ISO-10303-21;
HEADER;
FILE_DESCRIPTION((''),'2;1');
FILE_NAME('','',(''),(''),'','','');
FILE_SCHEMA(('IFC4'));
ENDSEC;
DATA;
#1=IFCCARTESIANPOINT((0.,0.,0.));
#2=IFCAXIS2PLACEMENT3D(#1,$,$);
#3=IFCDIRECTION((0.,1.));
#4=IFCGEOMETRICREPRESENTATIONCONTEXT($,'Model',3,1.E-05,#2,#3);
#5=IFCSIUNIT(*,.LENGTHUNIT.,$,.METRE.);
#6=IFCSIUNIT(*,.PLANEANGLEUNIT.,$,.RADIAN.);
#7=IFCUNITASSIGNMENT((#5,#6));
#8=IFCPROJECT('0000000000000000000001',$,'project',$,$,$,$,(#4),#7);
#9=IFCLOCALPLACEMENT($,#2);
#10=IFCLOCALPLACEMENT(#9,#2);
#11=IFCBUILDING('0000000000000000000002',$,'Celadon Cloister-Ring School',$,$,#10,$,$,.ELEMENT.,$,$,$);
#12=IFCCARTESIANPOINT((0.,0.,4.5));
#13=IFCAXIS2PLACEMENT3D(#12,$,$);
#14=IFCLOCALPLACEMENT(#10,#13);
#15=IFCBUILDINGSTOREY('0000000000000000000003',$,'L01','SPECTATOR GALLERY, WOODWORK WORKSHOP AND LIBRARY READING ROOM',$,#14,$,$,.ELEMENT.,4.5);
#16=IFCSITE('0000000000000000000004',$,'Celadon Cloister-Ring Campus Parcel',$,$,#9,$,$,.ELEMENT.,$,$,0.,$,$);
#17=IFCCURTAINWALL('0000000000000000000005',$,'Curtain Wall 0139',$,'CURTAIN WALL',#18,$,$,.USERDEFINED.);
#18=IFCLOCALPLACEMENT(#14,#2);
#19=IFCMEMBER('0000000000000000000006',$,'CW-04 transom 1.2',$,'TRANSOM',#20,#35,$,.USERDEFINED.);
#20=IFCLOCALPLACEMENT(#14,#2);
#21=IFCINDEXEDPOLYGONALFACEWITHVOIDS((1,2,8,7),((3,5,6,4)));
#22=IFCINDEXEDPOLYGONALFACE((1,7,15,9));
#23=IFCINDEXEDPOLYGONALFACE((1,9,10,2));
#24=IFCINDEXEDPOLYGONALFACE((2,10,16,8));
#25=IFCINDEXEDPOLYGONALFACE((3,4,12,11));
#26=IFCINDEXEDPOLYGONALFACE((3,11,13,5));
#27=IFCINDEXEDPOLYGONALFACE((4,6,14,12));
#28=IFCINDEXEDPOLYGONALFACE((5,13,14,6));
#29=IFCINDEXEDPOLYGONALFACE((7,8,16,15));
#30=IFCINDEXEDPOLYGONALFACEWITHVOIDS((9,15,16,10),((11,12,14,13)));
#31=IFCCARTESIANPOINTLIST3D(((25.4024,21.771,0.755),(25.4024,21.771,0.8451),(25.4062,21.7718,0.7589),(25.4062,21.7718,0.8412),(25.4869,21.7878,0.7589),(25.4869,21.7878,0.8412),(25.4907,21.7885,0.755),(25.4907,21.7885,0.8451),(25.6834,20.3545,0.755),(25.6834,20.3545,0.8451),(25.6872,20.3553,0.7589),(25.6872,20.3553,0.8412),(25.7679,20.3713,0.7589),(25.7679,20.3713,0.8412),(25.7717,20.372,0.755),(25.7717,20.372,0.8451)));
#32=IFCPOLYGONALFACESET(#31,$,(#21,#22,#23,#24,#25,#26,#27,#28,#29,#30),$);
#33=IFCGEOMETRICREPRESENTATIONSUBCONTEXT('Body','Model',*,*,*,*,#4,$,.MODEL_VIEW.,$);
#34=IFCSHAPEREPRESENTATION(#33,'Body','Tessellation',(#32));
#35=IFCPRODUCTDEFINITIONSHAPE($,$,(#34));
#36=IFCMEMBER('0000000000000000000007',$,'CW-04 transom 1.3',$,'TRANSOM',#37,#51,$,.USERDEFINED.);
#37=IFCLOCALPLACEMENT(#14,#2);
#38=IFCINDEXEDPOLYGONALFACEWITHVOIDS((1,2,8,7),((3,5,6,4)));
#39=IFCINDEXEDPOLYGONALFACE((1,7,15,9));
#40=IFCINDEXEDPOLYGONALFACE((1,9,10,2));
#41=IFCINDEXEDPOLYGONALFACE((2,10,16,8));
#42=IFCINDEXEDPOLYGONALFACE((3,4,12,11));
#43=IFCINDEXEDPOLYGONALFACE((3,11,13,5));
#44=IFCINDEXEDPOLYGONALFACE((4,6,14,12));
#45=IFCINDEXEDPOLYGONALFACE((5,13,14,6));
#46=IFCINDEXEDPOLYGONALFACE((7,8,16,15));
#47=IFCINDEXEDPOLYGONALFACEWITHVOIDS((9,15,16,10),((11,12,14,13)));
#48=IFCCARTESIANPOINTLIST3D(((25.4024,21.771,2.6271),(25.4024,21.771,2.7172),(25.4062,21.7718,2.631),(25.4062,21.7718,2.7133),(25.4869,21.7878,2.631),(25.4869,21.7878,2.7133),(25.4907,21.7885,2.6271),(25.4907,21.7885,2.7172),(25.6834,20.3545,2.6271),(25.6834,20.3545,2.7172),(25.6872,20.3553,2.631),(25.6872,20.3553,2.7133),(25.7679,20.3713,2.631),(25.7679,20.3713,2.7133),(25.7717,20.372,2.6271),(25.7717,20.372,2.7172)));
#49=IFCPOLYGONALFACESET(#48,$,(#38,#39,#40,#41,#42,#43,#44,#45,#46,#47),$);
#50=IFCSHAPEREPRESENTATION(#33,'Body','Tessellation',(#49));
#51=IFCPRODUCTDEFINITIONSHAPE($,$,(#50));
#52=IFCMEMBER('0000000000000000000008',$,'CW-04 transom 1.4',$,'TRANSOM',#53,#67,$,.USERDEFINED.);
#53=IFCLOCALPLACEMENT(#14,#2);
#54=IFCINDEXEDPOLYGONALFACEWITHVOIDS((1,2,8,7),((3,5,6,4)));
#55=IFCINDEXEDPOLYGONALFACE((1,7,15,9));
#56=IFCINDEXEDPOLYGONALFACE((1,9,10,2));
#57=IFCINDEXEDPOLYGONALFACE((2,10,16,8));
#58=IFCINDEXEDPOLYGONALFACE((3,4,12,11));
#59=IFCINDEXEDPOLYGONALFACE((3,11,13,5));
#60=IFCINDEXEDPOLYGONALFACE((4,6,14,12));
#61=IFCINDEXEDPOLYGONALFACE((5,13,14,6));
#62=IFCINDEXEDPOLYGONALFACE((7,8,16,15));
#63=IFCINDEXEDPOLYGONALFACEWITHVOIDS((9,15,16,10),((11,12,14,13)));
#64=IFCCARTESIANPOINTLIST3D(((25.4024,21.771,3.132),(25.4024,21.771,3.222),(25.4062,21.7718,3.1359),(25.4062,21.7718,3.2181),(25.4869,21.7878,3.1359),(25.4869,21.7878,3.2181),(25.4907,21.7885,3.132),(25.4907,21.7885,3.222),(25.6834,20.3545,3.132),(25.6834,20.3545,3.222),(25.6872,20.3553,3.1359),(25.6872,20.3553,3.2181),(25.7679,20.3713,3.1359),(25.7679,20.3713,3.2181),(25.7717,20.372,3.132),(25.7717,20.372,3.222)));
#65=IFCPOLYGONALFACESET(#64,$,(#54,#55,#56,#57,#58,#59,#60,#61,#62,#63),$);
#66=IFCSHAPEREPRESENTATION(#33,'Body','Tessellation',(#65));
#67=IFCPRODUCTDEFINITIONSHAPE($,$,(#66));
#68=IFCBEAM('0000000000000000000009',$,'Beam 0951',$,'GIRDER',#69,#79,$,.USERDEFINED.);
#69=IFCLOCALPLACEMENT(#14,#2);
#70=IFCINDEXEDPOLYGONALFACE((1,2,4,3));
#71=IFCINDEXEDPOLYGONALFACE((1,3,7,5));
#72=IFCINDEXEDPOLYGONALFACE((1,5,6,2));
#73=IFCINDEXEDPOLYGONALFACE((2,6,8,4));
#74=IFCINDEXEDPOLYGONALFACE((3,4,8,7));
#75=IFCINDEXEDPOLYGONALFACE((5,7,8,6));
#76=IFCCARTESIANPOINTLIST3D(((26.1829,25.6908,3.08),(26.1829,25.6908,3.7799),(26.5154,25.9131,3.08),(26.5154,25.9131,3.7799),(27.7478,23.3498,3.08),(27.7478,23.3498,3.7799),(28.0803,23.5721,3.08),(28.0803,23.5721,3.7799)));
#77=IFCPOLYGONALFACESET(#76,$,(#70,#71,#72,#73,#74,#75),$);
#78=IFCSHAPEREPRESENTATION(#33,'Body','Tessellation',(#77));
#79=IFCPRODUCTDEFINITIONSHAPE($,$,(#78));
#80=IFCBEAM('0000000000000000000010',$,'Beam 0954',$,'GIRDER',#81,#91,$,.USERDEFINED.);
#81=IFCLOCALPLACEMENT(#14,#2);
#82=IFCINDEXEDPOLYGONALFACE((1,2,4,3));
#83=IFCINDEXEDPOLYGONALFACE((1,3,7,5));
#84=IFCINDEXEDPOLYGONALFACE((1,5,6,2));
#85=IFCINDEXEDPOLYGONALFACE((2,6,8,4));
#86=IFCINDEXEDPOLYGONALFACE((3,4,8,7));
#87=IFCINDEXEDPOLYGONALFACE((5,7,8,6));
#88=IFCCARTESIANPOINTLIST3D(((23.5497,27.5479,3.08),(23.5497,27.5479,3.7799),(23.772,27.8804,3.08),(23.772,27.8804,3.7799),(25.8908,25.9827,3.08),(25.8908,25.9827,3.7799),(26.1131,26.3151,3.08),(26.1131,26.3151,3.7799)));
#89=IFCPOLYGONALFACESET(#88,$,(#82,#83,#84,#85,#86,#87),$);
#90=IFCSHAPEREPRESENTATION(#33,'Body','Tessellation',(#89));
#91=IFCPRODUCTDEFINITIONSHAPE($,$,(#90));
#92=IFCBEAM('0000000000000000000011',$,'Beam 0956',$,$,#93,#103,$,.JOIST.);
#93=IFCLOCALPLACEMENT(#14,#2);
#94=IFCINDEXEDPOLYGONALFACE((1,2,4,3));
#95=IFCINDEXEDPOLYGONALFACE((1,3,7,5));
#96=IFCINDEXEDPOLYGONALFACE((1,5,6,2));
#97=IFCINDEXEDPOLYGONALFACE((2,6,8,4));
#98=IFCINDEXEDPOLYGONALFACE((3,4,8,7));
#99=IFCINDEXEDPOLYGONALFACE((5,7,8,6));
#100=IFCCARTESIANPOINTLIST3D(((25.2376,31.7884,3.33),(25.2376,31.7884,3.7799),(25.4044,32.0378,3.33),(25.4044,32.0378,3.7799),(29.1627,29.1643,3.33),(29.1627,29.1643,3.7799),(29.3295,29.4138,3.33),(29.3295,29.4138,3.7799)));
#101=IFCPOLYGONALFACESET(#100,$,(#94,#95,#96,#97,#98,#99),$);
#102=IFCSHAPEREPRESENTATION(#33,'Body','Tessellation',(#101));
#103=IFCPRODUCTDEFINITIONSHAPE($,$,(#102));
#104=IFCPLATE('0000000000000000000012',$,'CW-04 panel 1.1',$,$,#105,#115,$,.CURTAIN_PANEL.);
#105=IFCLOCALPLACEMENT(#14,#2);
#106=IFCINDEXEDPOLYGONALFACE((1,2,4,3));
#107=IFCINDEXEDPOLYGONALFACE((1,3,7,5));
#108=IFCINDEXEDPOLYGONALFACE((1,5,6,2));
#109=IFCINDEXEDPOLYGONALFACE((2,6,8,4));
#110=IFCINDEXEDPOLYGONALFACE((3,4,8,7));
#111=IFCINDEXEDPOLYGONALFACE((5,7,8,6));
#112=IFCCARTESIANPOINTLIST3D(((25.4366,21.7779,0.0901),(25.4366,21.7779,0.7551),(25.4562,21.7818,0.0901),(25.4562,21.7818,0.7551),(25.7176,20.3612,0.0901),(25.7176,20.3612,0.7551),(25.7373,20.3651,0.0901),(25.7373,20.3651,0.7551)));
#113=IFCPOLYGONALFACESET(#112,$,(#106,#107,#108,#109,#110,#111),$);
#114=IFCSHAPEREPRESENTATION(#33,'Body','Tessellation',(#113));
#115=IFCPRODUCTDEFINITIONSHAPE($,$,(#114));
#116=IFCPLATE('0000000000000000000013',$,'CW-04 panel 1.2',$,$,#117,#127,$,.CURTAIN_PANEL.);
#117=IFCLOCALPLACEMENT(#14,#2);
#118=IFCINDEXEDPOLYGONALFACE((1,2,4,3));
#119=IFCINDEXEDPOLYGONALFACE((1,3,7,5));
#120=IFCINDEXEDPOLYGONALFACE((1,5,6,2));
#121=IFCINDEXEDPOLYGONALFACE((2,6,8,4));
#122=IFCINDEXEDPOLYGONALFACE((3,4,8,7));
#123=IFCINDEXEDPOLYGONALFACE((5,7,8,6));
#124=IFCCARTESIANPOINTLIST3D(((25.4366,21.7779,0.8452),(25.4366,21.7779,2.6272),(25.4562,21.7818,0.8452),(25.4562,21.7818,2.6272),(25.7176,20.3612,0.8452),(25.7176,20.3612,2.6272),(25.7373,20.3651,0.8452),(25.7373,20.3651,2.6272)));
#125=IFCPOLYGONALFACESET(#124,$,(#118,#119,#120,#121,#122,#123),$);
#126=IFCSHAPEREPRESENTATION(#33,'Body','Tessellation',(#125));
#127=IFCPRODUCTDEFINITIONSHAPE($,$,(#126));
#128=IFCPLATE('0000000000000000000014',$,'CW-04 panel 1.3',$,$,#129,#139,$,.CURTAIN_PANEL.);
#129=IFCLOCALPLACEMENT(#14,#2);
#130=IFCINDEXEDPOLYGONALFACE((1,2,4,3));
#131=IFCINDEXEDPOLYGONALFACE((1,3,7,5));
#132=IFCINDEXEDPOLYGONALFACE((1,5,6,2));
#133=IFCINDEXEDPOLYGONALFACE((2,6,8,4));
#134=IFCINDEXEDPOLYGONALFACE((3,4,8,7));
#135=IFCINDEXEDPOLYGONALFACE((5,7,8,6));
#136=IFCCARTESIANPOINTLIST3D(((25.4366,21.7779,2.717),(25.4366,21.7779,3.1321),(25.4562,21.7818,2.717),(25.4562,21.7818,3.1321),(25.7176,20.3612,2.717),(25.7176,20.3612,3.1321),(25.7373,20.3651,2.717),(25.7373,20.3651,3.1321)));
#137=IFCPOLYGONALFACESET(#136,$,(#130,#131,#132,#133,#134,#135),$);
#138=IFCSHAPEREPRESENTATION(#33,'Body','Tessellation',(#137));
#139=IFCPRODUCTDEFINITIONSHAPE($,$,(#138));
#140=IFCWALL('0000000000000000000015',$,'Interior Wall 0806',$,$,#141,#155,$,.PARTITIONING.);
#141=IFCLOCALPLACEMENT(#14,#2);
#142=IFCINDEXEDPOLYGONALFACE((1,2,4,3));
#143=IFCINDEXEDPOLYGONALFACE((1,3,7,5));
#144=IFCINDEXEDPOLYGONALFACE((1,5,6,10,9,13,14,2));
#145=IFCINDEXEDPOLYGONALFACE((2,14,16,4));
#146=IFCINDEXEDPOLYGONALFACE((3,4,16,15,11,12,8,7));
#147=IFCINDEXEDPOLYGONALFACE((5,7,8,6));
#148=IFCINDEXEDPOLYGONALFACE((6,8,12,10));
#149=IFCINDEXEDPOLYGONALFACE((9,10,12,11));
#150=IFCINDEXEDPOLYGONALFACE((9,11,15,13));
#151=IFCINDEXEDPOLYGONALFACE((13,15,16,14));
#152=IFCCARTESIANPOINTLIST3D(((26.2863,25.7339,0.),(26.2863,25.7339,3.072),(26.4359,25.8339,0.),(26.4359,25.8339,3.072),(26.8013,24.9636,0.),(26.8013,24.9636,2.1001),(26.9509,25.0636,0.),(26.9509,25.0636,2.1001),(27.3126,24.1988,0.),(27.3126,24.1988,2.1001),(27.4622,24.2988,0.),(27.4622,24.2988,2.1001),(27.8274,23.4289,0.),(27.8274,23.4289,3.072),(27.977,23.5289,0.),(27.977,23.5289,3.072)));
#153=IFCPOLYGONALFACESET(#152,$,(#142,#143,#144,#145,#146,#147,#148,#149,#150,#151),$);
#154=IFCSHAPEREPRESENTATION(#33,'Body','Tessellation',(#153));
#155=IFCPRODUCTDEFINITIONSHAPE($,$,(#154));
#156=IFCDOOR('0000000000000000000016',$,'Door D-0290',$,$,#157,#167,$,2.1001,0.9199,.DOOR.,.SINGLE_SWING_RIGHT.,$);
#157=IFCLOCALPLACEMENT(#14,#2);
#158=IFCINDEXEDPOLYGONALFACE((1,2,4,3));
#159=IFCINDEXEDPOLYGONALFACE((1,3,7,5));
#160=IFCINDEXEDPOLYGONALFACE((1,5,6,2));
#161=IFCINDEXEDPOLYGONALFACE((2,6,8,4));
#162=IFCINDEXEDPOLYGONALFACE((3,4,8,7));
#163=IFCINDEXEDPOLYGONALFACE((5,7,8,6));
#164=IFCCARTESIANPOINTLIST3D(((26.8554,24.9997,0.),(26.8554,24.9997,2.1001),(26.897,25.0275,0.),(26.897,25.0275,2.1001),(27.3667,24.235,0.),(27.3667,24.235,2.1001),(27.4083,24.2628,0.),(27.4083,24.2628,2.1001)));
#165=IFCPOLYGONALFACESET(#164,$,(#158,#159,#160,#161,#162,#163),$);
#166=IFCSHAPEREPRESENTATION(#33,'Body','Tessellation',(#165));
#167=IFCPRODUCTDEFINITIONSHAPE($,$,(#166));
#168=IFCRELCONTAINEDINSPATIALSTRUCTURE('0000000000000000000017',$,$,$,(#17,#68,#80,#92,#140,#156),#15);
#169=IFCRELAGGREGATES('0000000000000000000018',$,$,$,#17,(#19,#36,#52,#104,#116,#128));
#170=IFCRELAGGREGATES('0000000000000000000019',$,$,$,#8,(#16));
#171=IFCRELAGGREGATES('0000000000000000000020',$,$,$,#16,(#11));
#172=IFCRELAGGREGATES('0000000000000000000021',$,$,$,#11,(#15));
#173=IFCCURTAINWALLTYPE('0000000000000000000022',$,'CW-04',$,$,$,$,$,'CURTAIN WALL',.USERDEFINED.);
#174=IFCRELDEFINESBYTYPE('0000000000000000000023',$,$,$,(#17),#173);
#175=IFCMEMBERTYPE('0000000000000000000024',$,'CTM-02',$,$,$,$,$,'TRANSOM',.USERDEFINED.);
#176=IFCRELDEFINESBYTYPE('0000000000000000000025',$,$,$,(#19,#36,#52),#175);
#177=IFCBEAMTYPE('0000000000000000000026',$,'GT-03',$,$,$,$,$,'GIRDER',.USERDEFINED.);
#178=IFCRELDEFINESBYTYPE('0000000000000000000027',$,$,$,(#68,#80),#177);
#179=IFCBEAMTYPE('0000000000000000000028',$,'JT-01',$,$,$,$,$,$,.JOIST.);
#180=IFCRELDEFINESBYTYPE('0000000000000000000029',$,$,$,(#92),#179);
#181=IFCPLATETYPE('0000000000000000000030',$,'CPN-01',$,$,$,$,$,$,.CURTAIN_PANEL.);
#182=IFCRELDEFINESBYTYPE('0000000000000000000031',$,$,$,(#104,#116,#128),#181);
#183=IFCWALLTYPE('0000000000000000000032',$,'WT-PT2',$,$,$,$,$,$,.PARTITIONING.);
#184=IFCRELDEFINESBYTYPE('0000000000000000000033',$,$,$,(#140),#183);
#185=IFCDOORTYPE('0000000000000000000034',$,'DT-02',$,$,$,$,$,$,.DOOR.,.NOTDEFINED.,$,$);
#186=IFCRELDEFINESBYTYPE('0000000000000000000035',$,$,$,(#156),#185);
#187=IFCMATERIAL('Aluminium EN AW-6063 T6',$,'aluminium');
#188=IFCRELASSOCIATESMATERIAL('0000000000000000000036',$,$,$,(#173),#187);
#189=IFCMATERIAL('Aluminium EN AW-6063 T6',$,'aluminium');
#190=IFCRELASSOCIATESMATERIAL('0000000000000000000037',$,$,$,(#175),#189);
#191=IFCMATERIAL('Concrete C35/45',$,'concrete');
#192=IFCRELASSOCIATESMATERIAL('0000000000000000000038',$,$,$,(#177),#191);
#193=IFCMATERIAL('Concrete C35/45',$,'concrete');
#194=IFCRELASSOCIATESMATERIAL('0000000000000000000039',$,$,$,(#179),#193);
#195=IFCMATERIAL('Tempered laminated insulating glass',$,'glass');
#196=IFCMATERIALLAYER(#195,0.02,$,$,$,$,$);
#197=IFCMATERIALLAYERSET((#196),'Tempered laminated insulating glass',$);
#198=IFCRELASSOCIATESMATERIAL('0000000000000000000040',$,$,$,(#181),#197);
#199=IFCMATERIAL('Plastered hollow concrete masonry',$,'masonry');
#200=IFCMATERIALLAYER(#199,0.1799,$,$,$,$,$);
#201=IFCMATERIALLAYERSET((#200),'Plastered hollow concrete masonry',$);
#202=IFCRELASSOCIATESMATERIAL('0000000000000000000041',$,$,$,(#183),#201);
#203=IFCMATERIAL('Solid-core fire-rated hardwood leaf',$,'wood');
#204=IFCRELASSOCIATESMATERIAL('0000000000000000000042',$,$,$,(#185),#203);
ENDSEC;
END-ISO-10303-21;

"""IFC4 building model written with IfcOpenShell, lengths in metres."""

from ifc_helpers import new_model, si_unit, direction, frame, frame_2d, origin, origin_2d, place, context, subcontext, project, spatial, rectangle, hollow_rectangle, extrude, material, layer, layer_set, material_profile, profile_set, type_object, element, fill, aggregate, save


model = new_model("IFC4")

# Units and contexts
model_context = context("Model", 3, precision=1e-05, world=origin(), true_north=direction((0.0, 1.0)))
body_context = subcontext(model_context, "Body", "Model", "MODEL_VIEW")
ifc_project = project(units=[si_unit("LENGTHUNIT", "METRE"), si_unit("PLANEANGLEUNIT", "RADIAN")], contexts=[model_context])

# Site, building, storey
site_placement = place(None, origin())
site = spatial("IfcSite", under=ifc_project, at=site_placement, Name="Celadon Cloister-Ring Campus Parcel", CompositionType="ELEMENT", RefElevation=0.0)
building_placement = place(site_placement, origin())
building = spatial("IfcBuilding", under=site, at=building_placement, Name="Celadon Cloister-Ring School", CompositionType="ELEMENT")
storey_placement = place(building_placement, frame((0.0, 0.0, 4.5)))
storey = spatial("IfcBuildingStorey", under=building, at=storey_placement, Name="L01", Description="SPECTATOR GALLERY, WOODWORK WORKSHOP AND LIBRARY READING ROOM", CompositionType="ELEMENT", Elevation=4.5)

# Curtain wall, members
ifc_material_1 = material(Name="Aluminium EN AW-6063 T6", Category="aluminium")
curtain_wall_type = type_object("IfcCurtainWallType", Name="CW-04", ElementType="CURTAIN WALL", PredefinedType="USERDEFINED", material=ifc_material_1)
curtain_wall_placement = place(storey_placement, origin())
curtain_wall = element("IfcCurtainWall", 1, at=curtain_wall_placement, inside=storey, type_object=curtain_wall_type, Name="Curtain Wall 0139", ObjectType="CURTAIN WALL", PredefinedType="USERDEFINED")
ifc_material_2 = material(Name="Aluminium EN AW-6063 T6", Category="aluminium")
ifc_material_profile_1 = material_profile(ifc_material_2, hollow_rectangle(XDim=0.0901, YDim=0.0901, WallThickness=0.0039, at=origin_2d()), Name="RHS90X90X4")
ifc_profile_set_1 = profile_set([ifc_material_profile_1], Name="Aluminium EN AW-6063 T6")
member_type_1 = type_object("IfcMemberType", Name="CTM-02", ElementType="TRANSOM", PredefinedType="USERDEFINED", material=ifc_profile_set_1)
member_1_placement = place(storey_placement, frame((25.7275, 20.3633, 0.8), z_axis=(-0.194588, 0.980885, 0.0), x_axis=(-0.980885, -0.194588, 0.0)))
member_1 = element("IfcMember", 2, at=member_1_placement, type_object=member_type_1, Name="CW-04 transom 1.2", ObjectType="TRANSOM", PredefinedType="USERDEFINED", context=body_context, shape_type="SweptSolid", body=[
    extrude(hollow_rectangle(XDim=0.0901, YDim=0.0901, WallThickness=0.0039, at=origin_2d()), origin(), (0.0, 0.0, 1.0), 1.4441),
])
member_2_placement = place(storey_placement, frame((25.7275, 20.3633, 2.6721), z_axis=(-0.194588, 0.980885, 0.0), x_axis=(-0.980885, -0.194588, 0.0)))
member_2 = element("IfcMember", 3, at=member_2_placement, type_object=member_type_1, Name="CW-04 transom 1.3", ObjectType="TRANSOM", PredefinedType="USERDEFINED", context=body_context, shape_type="SweptSolid", body=[
    extrude(hollow_rectangle(XDim=0.0901, YDim=0.0901, WallThickness=0.0039, at=origin_2d()), origin(), (0.0, 0.0, 1.0), 1.4441),
])
member_3_placement = place(storey_placement, frame((25.7275, 20.3633, 3.177), z_axis=(-0.194588, 0.980885, 0.0), x_axis=(-0.980885, -0.194588, 0.0)))
member_3 = element("IfcMember", 4, at=member_3_placement, type_object=member_type_1, Name="CW-04 transom 1.4", ObjectType="TRANSOM", PredefinedType="USERDEFINED", context=body_context, shape_type="SweptSolid", body=[
    extrude(hollow_rectangle(XDim=0.0901, YDim=0.0901, WallThickness=0.0039, at=origin_2d()), origin(), (0.0, 0.0, 1.0), 1.4441),
])

# Beams
ifc_material_3 = material(Name="Concrete C35/45", Category="concrete")
ifc_material_profile_2 = material_profile(ifc_material_3, rectangle(XDim=0.3999, YDim=0.7, at=origin_2d()), Name="RC400X700")
ifc_profile_set_2 = profile_set([ifc_material_profile_2], Name="Concrete C35/45")
beam_type_1 = type_object("IfcBeamType", Name="GT-03", ElementType="GIRDER", PredefinedType="USERDEFINED", material=ifc_profile_set_2)
beam_1_placement = place(storey_placement, frame((27.9141, 23.4609, 3.4299), z_axis=(-0.55574, 0.831356, 0.0), x_axis=(-0.831356, -0.55574, 0.0)))
element("IfcBeam", 5, at=beam_1_placement, inside=storey, type_object=beam_type_1, Name="Beam 0951", ObjectType="GIRDER", PredefinedType="USERDEFINED", context=body_context, shape_type="SweptSolid", body=[
    extrude(rectangle(XDim=0.3999, YDim=0.7, at=origin_2d()), origin(), (0.0, 0.0, 1.0), 2.8159),
])
beam_2_placement = place(storey_placement, frame((26.002, 26.1489, 3.4299), z_axis=(-0.831316, 0.5558, 0.0), x_axis=(-0.5558, -0.831316, 0.0)))
element("IfcBeam", 6, at=beam_2_placement, inside=storey, type_object=beam_type_1, Name="Beam 0954", ObjectType="GIRDER", PredefinedType="USERDEFINED", context=body_context, shape_type="SweptSolid", body=[
    extrude(rectangle(XDim=0.3999, YDim=0.7, at=origin_2d()), origin(), (0.0, 0.0, 1.0), 2.8162),
])
ifc_material_4 = material(Name="Concrete C35/45", Category="concrete")
ifc_material_profile_3 = material_profile(ifc_material_4, rectangle(XDim=0.3, YDim=0.45, at=origin_2d()), Name="RC300X450")
ifc_profile_set_3 = profile_set([ifc_material_profile_3], Name="Concrete C35/45")
beam_type_2 = type_object("IfcBeamType", Name="JT-01", PredefinedType="JOIST", material=ifc_profile_set_3)
beam_3_placement = place(storey_placement, frame((29.2461, 29.2891, 3.5549), z_axis=(-0.831334, 0.555774, 0.0), x_axis=(-0.555774, -0.831334, 0.0)))
element("IfcBeam", 7, at=beam_3_placement, inside=storey, type_object=beam_type_2, Name="Beam 0956", PredefinedType="JOIST", context=body_context, shape_type="SweptSolid", body=[
    extrude(rectangle(XDim=0.3, YDim=0.45, at=origin_2d()), origin(), (0.0, 0.0, 1.0), 4.7214),
])

# Plates
ifc_material_5 = material(Name="Tempered laminated insulating glass", Category="glass")
ifc_layer_1 = layer(ifc_material_5, 0.02)
ifc_layer_set_1 = layer_set([ifc_layer_1], Name="Tempered laminated insulating glass")
plate_type = type_object("IfcPlateType", Name="CPN-01", PredefinedType="CURTAIN_PANEL", material=ifc_layer_set_1)
plate_1_placement = place(storey_placement, frame((25.5869, 21.0715, 0.0901), z_axis=(0.0, 0.0, 1.0), x_axis=(-0.194586, 0.980885, 0.0)))
plate_1 = element("IfcPlate", 8, at=plate_1_placement, type_object=plate_type, Name="CW-04 panel 1.1", PredefinedType="CURTAIN_PANEL", context=body_context, shape_type="SweptSolid", body=[
    extrude(rectangle(XDim=1.4443, YDim=0.02, at=origin_2d()), origin(), (0.0, 0.0, 1.0), 0.665),
])
plate_2_placement = place(storey_placement, frame((25.5869, 21.0715, 0.8452), z_axis=(0.0, 0.0, 1.0), x_axis=(-0.194586, 0.980885, 0.0)))
plate_2 = element("IfcPlate", 9, at=plate_2_placement, type_object=plate_type, Name="CW-04 panel 1.2", PredefinedType="CURTAIN_PANEL", context=body_context, shape_type="SweptSolid", body=[
    extrude(rectangle(XDim=1.4443, YDim=0.02, at=origin_2d()), origin(), (0.0, 0.0, 1.0), 1.782),
])
plate_3_placement = place(storey_placement, frame((25.5869, 21.0715, 2.717), z_axis=(0.0, 0.0, 1.0), x_axis=(-0.194586, 0.980885, 0.0)))
plate_3 = element("IfcPlate", 10, at=plate_3_placement, type_object=plate_type, Name="CW-04 panel 1.3", PredefinedType="CURTAIN_PANEL", context=body_context, shape_type="SweptSolid", body=[
    extrude(rectangle(XDim=1.4443, YDim=0.02, at=origin_2d()), origin(), (0.0, 0.0, 1.0), 0.415),
])
aggregate(curtain_wall, [member_1, member_2, member_3, plate_1, plate_2, plate_3])

# Wall, opening, door
ifc_material_6 = material(Name="Plastered hollow concrete masonry", Category="masonry")
ifc_layer_2 = layer(ifc_material_6, 0.1799)
ifc_layer_set_2 = layer_set([ifc_layer_2], Name="Plastered hollow concrete masonry")
wall_type_1 = type_object("IfcWallType", Name="WT-PT2", PredefinedType="PARTITIONING", material=ifc_layer_set_2)
wall_1_placement = place(storey_placement, frame((27.9021, 23.479, 0.0), z_axis=(0.0, 0.0, 1.0), x_axis=(-0.555797, 0.831318, 0.0)))
wall_1 = element("IfcWall", 11, at=wall_1_placement, inside=storey, type_object=wall_type_1, Name="Interior Wall 0806", PredefinedType="PARTITIONING", context=body_context, shape_type="SweptSolid", body=[
    extrude(rectangle(XDim=2.7727, YDim=0.1799, at=frame_2d((1.3862, 0.0))), origin(), (0.0, 0.0, 1.0), 3.072),
])
opening_1_placement = place(wall_1_placement, frame((0.926, 0.0, 0.0)))
opening_1 = element("IfcOpeningElement", 12, at=opening_1_placement, cuts=wall_1, PredefinedType="OPENING", context=body_context, shape_type="SweptSolid", body=[
    extrude(rectangle(XDim=0.9199, YDim=2.1001, at=frame_2d((0.46, 1.05))), frame((0.0, 0.1001, 0.0), z_axis=(0.0, -1.0, 0.0), x_axis=(1.0, 0.0, 0.0)), (0.0, 0.0, 1.0), 0.2),
])
ifc_material_7 = material(Name="Solid-core fire-rated hardwood leaf", Category="wood")
door_type = type_object("IfcDoorType", Name="DT-02", OperationType="NOTDEFINED", PredefinedType="DOOR", material=ifc_material_7)
door_1_placement = place(opening_1_placement, origin())
door_1 = element("IfcDoor", 13, at=door_1_placement, inside=storey, type_object=door_type, Name="Door D-0290", OperationType="SINGLE_SWING_RIGHT", OverallHeight=2.1001, OverallWidth=0.9199, PredefinedType="DOOR", context=body_context, shape_type="SweptSolid", body=[
    extrude(rectangle(XDim=0.9199, YDim=2.1001, at=frame_2d((0.46, 1.05))), frame((0.0, 0.0249, 0.0), z_axis=(0.0, -1.0, 0.0), x_axis=(1.0, 0.0, 0.0)), (0.0, 0.0, 1.0), 0.05),
])
fill(opening_1, door_1)

save(model, "model.ifc")
